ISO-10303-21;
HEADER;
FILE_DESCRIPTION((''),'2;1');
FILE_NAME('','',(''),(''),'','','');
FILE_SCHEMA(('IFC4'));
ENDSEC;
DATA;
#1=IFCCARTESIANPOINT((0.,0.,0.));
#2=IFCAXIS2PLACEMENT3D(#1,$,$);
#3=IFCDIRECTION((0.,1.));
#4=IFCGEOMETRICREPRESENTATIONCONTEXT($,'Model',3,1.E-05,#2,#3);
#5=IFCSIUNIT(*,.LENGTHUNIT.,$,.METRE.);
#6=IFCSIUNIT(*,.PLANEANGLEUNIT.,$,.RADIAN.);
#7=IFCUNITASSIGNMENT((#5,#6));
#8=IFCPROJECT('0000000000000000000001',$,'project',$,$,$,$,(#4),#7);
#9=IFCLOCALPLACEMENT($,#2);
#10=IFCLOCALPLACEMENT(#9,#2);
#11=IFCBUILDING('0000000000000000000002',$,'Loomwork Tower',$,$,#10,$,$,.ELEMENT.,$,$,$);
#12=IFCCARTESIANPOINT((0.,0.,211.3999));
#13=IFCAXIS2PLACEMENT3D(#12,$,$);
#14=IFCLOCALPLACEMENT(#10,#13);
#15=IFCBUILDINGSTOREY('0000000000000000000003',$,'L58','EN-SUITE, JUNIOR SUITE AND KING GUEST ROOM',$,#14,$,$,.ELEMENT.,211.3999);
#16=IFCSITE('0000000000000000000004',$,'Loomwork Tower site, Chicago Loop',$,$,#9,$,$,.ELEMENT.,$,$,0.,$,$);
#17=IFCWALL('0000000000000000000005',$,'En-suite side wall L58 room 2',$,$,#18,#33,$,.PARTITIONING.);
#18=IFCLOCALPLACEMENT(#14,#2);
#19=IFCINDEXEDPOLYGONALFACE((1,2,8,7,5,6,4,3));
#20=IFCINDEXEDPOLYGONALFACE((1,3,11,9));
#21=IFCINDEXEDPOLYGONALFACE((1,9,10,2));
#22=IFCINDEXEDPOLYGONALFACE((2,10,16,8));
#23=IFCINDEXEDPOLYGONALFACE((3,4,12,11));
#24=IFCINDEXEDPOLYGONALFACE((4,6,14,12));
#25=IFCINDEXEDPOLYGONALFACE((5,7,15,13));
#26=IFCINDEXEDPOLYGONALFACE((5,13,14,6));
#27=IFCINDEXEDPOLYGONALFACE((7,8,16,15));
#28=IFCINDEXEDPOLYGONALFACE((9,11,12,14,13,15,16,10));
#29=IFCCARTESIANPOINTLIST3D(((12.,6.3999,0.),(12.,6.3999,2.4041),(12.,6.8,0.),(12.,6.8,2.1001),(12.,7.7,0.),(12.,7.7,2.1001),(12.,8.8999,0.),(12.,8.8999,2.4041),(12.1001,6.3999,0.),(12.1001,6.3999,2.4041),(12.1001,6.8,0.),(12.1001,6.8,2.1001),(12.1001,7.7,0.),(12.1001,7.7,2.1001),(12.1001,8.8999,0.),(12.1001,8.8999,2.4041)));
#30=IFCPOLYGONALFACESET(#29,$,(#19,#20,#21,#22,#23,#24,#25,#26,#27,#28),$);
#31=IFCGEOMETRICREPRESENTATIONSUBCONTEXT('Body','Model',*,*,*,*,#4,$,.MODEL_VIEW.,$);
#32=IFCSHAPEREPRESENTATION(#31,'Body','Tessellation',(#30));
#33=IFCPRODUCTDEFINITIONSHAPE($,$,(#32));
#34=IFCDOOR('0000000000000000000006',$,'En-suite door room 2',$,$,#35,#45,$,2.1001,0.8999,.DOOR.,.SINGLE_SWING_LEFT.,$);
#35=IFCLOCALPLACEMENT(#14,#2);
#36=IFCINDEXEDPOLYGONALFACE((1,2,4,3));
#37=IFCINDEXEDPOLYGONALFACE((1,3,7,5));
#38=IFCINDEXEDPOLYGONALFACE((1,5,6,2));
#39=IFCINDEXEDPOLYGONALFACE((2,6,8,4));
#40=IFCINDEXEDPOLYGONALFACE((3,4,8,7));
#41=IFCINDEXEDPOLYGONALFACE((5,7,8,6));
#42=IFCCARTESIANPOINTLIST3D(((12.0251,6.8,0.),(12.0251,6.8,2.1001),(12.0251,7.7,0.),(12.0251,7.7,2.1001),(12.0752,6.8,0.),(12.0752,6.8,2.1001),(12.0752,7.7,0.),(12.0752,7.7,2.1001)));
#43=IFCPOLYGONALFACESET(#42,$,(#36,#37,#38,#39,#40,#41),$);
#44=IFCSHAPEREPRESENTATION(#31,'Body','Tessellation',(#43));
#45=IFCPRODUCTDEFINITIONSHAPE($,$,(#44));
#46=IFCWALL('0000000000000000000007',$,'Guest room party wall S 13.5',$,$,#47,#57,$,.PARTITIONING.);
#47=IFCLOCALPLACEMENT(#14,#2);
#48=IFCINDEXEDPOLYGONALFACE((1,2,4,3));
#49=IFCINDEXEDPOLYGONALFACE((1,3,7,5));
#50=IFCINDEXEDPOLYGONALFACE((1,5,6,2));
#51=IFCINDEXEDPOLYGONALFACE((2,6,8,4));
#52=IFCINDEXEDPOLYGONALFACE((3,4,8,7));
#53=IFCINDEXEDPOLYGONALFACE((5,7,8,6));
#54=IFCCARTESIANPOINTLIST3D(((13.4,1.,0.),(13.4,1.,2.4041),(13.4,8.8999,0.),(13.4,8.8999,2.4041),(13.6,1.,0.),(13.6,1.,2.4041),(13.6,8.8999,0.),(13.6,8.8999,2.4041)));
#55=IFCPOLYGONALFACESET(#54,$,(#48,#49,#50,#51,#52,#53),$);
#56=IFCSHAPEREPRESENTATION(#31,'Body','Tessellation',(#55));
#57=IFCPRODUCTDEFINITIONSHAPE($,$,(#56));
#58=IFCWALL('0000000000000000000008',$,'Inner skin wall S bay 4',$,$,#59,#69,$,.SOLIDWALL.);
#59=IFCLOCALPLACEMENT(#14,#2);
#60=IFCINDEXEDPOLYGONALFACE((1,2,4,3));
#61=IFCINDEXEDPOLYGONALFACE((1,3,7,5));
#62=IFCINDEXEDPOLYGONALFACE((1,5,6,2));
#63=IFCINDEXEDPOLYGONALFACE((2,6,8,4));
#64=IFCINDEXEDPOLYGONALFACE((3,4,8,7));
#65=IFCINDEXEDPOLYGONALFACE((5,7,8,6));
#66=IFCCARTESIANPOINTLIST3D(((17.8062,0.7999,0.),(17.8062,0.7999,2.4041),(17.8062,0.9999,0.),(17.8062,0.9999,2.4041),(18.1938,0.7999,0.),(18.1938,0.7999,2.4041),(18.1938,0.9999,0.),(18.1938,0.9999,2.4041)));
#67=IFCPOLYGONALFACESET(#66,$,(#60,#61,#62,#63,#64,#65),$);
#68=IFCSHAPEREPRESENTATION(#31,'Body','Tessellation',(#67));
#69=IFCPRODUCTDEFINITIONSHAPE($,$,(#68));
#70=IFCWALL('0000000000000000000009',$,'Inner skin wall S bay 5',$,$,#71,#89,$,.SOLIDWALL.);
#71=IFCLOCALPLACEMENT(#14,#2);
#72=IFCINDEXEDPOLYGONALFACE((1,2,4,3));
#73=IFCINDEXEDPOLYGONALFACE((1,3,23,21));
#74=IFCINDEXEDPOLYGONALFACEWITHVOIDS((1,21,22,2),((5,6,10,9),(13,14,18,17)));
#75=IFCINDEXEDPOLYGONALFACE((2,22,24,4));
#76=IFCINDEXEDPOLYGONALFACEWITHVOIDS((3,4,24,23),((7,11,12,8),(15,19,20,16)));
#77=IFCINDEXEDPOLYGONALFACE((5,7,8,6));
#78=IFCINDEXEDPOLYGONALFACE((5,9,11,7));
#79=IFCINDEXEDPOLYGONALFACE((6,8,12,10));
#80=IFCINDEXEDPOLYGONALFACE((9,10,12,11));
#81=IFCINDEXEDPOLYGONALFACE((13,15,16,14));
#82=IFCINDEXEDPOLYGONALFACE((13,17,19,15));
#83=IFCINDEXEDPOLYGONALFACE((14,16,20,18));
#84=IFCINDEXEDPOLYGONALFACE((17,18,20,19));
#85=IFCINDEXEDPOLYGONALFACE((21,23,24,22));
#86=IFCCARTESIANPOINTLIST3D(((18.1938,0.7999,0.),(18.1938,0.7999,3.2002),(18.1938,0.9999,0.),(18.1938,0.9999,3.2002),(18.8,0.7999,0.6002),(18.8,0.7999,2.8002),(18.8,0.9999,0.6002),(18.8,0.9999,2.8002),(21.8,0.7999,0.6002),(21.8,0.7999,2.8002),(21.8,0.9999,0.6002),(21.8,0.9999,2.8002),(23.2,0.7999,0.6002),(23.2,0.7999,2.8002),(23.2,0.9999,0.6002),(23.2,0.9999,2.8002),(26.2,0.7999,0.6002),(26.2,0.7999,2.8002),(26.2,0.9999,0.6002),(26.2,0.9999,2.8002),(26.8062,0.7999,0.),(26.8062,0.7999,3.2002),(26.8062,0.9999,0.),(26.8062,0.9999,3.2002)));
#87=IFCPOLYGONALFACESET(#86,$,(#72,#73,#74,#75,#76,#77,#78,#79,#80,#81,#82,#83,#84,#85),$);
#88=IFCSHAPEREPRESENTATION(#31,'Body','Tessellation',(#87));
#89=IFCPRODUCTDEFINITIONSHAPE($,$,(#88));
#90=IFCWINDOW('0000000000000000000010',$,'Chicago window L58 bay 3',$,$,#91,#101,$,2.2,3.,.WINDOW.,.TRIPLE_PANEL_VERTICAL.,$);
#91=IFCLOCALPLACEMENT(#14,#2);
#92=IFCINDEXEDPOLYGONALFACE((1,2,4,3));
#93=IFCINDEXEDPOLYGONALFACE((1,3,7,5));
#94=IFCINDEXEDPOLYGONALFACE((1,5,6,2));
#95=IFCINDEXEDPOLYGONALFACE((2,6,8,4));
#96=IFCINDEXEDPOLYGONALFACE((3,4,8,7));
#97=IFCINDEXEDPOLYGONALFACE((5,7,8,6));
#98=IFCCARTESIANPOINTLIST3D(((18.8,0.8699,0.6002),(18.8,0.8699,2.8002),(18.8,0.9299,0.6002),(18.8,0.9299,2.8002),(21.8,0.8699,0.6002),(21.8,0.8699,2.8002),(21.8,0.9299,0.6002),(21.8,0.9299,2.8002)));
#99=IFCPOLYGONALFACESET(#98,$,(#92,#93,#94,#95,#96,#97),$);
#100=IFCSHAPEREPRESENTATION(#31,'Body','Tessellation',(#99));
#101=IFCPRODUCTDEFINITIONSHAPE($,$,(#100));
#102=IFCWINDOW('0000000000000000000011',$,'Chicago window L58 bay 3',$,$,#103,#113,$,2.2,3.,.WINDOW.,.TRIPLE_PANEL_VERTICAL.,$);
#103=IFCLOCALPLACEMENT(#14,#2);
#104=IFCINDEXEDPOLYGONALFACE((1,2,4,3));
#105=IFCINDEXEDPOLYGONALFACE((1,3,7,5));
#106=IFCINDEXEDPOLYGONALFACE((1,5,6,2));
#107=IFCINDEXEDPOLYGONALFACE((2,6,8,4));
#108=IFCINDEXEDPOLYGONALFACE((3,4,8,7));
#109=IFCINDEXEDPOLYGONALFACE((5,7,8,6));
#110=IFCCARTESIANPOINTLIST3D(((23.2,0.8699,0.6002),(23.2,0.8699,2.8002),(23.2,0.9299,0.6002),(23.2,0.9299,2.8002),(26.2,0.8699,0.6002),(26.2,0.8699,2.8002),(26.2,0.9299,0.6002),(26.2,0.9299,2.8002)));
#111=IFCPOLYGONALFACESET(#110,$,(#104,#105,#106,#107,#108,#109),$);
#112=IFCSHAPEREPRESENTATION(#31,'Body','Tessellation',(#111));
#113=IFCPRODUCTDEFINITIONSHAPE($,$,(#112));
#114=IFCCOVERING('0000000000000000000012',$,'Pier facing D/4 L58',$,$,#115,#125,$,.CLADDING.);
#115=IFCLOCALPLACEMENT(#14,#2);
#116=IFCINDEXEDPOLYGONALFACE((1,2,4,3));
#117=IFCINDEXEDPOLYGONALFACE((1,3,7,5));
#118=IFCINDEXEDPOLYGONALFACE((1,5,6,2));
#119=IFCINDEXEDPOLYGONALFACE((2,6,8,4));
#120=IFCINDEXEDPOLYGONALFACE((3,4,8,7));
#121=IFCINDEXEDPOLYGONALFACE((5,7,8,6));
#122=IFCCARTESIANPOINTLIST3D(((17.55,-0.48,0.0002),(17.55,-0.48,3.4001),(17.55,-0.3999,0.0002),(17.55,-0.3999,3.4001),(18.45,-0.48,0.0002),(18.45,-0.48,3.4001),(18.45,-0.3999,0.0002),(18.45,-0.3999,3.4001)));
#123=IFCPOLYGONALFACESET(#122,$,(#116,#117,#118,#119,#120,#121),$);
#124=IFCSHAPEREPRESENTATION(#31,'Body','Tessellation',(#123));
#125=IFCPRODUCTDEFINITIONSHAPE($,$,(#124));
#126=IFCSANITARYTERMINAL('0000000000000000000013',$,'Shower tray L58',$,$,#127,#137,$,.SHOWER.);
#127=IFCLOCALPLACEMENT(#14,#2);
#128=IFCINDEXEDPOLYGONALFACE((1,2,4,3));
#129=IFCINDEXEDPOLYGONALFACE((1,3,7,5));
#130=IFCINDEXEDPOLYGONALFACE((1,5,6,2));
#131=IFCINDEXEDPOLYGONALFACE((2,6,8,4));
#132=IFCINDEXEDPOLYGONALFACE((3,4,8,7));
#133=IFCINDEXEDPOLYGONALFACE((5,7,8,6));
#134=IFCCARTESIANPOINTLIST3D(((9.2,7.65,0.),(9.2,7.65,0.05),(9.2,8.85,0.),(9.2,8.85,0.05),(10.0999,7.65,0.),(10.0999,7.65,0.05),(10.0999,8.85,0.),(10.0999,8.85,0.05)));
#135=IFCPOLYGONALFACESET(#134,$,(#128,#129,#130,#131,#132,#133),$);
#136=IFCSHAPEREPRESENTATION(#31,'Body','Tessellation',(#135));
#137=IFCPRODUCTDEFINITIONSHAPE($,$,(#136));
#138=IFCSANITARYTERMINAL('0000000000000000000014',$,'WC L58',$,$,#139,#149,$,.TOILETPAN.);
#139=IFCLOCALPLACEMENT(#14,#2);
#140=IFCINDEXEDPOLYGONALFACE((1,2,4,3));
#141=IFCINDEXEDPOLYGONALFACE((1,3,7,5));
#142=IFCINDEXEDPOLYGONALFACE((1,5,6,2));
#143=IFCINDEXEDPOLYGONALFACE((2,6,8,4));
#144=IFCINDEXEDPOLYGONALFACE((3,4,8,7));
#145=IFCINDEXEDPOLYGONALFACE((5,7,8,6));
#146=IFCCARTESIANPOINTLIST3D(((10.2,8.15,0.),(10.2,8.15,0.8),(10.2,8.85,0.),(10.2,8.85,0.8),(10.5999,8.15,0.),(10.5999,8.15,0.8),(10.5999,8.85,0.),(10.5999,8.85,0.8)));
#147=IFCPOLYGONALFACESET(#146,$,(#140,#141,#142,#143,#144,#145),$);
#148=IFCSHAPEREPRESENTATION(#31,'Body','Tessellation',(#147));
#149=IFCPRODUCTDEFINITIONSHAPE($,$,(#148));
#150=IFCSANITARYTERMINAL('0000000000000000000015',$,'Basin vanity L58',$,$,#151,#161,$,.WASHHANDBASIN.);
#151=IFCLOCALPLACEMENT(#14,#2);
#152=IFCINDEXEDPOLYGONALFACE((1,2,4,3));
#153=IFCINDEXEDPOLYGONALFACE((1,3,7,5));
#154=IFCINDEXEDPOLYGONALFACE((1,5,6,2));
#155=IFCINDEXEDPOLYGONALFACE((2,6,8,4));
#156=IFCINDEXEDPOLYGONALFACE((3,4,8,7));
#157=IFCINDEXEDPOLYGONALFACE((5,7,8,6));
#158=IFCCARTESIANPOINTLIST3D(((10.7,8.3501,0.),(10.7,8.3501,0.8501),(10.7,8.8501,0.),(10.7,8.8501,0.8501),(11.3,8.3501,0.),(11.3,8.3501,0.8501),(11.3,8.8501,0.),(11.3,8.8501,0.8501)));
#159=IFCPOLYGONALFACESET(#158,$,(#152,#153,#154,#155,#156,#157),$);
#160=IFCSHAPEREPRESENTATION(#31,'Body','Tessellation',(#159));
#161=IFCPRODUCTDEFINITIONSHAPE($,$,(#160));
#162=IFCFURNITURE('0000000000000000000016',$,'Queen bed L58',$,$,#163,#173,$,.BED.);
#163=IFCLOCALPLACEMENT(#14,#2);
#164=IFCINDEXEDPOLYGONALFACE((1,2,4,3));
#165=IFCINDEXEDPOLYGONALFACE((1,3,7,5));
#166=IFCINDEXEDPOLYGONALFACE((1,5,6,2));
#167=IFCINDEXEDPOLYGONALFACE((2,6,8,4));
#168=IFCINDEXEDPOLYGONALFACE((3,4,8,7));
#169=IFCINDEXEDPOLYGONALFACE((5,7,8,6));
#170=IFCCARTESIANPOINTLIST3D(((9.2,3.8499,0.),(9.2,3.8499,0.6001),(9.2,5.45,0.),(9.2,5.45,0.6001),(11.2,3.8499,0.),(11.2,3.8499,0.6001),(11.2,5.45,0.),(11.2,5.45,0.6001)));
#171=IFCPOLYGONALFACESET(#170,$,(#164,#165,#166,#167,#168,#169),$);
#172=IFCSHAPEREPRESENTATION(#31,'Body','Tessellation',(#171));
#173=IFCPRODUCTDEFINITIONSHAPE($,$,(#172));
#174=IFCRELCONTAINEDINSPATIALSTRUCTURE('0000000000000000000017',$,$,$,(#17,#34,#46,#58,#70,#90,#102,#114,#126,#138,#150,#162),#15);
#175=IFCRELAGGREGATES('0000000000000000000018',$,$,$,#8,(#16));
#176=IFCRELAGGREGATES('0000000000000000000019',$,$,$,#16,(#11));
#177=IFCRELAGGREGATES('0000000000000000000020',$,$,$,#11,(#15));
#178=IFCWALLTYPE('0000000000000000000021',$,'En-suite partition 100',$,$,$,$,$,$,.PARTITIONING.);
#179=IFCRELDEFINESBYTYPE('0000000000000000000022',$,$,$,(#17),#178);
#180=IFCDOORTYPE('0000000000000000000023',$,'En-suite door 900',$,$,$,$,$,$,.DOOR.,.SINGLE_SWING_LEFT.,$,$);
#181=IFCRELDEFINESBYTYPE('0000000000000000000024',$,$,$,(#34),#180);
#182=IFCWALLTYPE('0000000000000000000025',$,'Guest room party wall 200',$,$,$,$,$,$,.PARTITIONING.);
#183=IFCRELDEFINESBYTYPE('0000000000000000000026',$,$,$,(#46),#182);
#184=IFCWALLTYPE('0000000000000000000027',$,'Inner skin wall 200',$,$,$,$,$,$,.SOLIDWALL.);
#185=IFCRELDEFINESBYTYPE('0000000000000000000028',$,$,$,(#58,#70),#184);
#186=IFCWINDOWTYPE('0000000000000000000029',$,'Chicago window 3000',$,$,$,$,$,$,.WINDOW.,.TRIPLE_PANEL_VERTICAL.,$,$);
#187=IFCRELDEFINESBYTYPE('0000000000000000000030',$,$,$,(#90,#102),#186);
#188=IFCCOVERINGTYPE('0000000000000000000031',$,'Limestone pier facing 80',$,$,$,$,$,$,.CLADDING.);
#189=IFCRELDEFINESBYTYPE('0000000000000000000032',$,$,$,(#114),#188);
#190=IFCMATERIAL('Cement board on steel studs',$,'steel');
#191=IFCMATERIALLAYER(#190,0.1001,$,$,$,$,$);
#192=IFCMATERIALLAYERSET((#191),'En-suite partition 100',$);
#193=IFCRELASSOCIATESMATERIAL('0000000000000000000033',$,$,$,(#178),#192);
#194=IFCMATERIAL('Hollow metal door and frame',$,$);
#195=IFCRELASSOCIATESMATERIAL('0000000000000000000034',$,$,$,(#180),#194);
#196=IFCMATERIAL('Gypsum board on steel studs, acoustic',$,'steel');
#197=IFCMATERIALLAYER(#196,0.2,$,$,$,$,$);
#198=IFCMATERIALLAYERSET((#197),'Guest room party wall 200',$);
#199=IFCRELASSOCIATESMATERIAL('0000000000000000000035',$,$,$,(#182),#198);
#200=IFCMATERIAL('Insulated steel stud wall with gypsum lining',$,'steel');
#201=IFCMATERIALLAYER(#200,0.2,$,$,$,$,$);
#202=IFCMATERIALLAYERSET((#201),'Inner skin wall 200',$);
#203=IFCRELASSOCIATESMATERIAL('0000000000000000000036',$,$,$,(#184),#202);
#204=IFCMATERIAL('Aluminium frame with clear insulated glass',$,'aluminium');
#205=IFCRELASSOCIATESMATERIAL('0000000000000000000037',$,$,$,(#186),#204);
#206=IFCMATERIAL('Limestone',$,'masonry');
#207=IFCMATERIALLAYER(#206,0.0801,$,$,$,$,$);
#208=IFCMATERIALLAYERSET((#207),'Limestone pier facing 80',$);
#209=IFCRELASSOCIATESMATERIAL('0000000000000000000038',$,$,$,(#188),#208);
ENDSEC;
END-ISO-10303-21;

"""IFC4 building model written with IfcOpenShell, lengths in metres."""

from ifc_helpers import new_model, si_unit, direction, frame, frame_2d, origin, origin_2d, place, context, subcontext, project, spatial, rectangle, extrude, material, layer, layer_set, type_object, element, fill, save


model = new_model("IFC4")

# Units and contexts
model_context = context("Model", 3, precision=1e-05, world=origin(), true_north=direction((0.0, 1.0)))
body_context = subcontext(model_context, "Body", "Model", "MODEL_VIEW")
ifc_project = project(units=[si_unit("LENGTHUNIT", "METRE"), si_unit("PLANEANGLEUNIT", "RADIAN")], contexts=[model_context])

# Site, building, storey
site_placement = place(None, origin())
site = spatial("IfcSite", under=ifc_project, at=site_placement, Name="Loomwork Tower site, Chicago Loop", CompositionType="ELEMENT", RefElevation=0.0)
building_placement = place(site_placement, origin())
building = spatial("IfcBuilding", under=site, at=building_placement, Name="Loomwork Tower", CompositionType="ELEMENT")
storey_placement = place(building_placement, frame((0.0, 0.0, 211.3999)))
storey = spatial("IfcBuildingStorey", under=building, at=storey_placement, Name="L58", Description="EN-SUITE, JUNIOR SUITE AND KING GUEST ROOM", CompositionType="ELEMENT", Elevation=211.3999)

# Wall, opening, door
ifc_material_1 = material(Name="Cement board on steel studs", Category="steel")
ifc_layer_1 = layer(ifc_material_1, 0.1001)
ifc_layer_set_1 = layer_set([ifc_layer_1], Name="En-suite partition 100")
wall_type_1 = type_object("IfcWallType", Name="En-suite partition 100", PredefinedType="PARTITIONING", material=ifc_layer_set_1)
wall_1_placement = place(storey_placement, frame((12.05, 8.8999, 0.0), z_axis=(0.0, 0.0, 1.0), x_axis=(0.0, -1.0, 0.0)))
wall_1 = element("IfcWall", 1, at=wall_1_placement, inside=storey, type_object=wall_type_1, Name="En-suite side wall L58 room 2", PredefinedType="PARTITIONING", context=body_context, shape_type="SweptSolid", body=[
    extrude(rectangle(XDim=2.5, YDim=0.1001, at=frame_2d((1.25, 0.0))), origin(), (0.0, 0.0, 1.0), 2.4041),
])
opening_1_placement = place(wall_1_placement, frame((1.2, 0.0, 0.0)))
opening_1 = element("IfcOpeningElement", 2, at=opening_1_placement, cuts=wall_1, PredefinedType="OPENING", context=body_context, shape_type="SweptSolid", body=[
    extrude(rectangle(XDim=0.8999, YDim=2.1001, at=frame_2d((0.45, 1.05))), frame((0.0, 0.0601, 0.0), z_axis=(0.0, -1.0, 0.0), x_axis=(1.0, 0.0, 0.0)), (0.0, 0.0, 1.0), 0.1201),
])
ifc_material_2 = material(Name="Hollow metal door and frame")
door_type = type_object("IfcDoorType", Name="En-suite door 900", OperationType="SINGLE_SWING_LEFT", PredefinedType="DOOR", material=ifc_material_2)
door_placement = place(opening_1_placement, frame((0.8999, 0.0, 0.0), z_axis=(0.0, 0.0, 1.0), x_axis=(-1.0, 0.0, 0.0)))
door = element("IfcDoor", 3, at=door_placement, inside=storey, type_object=door_type, Name="En-suite door room 2", OperationType="SINGLE_SWING_LEFT", OverallHeight=2.1001, OverallWidth=0.8999, PredefinedType="DOOR", context=body_context, shape_type="SweptSolid", body=[
    extrude(rectangle(XDim=0.8999, YDim=2.1001, at=frame_2d((0.45, 1.05))), frame((0.0, 0.0249, 0.0), z_axis=(0.0, -1.0, 0.0), x_axis=(1.0, 0.0, 0.0)), (0.0, 0.0, 1.0), 0.05),
])
fill(opening_1, door)

# Walls
ifc_material_3 = material(Name="Gypsum board on steel studs, acoustic", Category="steel")
ifc_layer_2 = layer(ifc_material_3, 0.2)
ifc_layer_set_2 = layer_set([ifc_layer_2], Name="Guest room party wall 200")
wall_type_2 = type_object("IfcWallType", Name="Guest room party wall 200", PredefinedType="PARTITIONING", material=ifc_layer_set_2)
wall_2_placement = place(storey_placement, frame((13.5, 8.8999, 0.0), z_axis=(0.0, 0.0, 1.0), x_axis=(0.0, -1.0, 0.0)))
element("IfcWall", 4, at=wall_2_placement, inside=storey, type_object=wall_type_2, Name="Guest room party wall S 13.5", PredefinedType="PARTITIONING", context=body_context, shape_type="SweptSolid", body=[
    extrude(rectangle(XDim=7.8999, YDim=0.2, at=frame_2d((3.95, 0.0))), origin(), (0.0, 0.0, 1.0), 2.4041),
])
ifc_material_4 = material(Name="Insulated steel stud wall with gypsum lining", Category="steel")
ifc_layer_3 = layer(ifc_material_4, 0.2)
ifc_layer_set_3 = layer_set([ifc_layer_3], Name="Inner skin wall 200")
wall_type_3 = type_object("IfcWallType", Name="Inner skin wall 200", PredefinedType="SOLIDWALL", material=ifc_layer_set_3)
wall_3_placement = place(storey_placement, frame((17.8062, 0.8999, 0.0), z_axis=(0.0, 0.0, 1.0), x_axis=(1.0, 0.0, 0.0)))
element("IfcWall", 5, at=wall_3_placement, inside=storey, type_object=wall_type_3, Name="Inner skin wall S bay 4", PredefinedType="SOLIDWALL", context=body_context, shape_type="SweptSolid", body=[
    extrude(rectangle(XDim=0.3877, YDim=0.2, at=frame_2d((0.1938, 0.0))), origin(), (0.0, 0.0, 1.0), 2.4041),
])

# Wall, openings, windows
wall_4_placement = place(storey_placement, frame((18.1938, 0.8999, 0.0), z_axis=(0.0, 0.0, 1.0), x_axis=(1.0, 0.0, 0.0)))
wall_4 = element("IfcWall", 6, at=wall_4_placement, inside=storey, type_object=wall_type_3, Name="Inner skin wall S bay 5", PredefinedType="SOLIDWALL", context=body_context, shape_type="SweptSolid", body=[
    extrude(rectangle(XDim=8.6123, YDim=0.2, at=frame_2d((4.3062, 0.0))), origin(), (0.0, 0.0, 1.0), 3.2002),
])
opening_2_placement = place(wall_4_placement, frame((0.6062, 0.0, 0.6001)))
opening_2 = element("IfcOpeningElement", 7, at=opening_2_placement, cuts=wall_4, PredefinedType="OPENING", context=body_context, shape_type="SweptSolid", body=[
    extrude(rectangle(XDim=3.0, YDim=2.2, at=frame_2d((1.5, 1.1001))), frame((0.0, 0.1099, 0.0), z_axis=(0.0, -1.0, 0.0), x_axis=(1.0, 0.0, 0.0)), (0.0, 0.0, 1.0), 0.22),
])
opening_3_placement = place(wall_4_placement, frame((5.0061, 0.0, 0.6001)))
opening_3 = element("IfcOpeningElement", 8, at=opening_3_placement, cuts=wall_4, PredefinedType="OPENING", context=body_context, shape_type="SweptSolid", body=[
    extrude(rectangle(XDim=3.0, YDim=2.2, at=frame_2d((1.5, 1.1001))), frame((0.0, 0.1099, 0.0), z_axis=(0.0, -1.0, 0.0), x_axis=(1.0, 0.0, 0.0)), (0.0, 0.0, 1.0), 0.22),
])
ifc_material_5 = material(Name="Aluminium frame with clear insulated glass", Category="aluminium")
window_type = type_object("IfcWindowType", Name="Chicago window 3000", PartitioningType="TRIPLE_PANEL_VERTICAL", PredefinedType="WINDOW", material=ifc_material_5)
window_1_placement = place(opening_2_placement, origin())
window_1 = element("IfcWindow", 9, at=window_1_placement, inside=storey, type_object=window_type, Name="Chicago window L58 bay 3", OverallHeight=2.2, OverallWidth=3.0, PartitioningType="TRIPLE_PANEL_VERTICAL", PredefinedType="WINDOW", context=body_context, shape_type="SweptSolid", body=[
    extrude(rectangle(XDim=3.0, YDim=2.2, at=frame_2d((1.5, 1.1001))), frame((0.0, 0.03, 0.0), z_axis=(0.0, -1.0, 0.0), x_axis=(1.0, 0.0, 0.0)), (0.0, 0.0, 1.0), 0.0601),
])
fill(opening_2, window_1)
window_2_placement = place(opening_3_placement, origin())
window_2 = element("IfcWindow", 10, at=window_2_placement, inside=storey, type_object=window_type, Name="Chicago window L58 bay 3", OverallHeight=2.2, OverallWidth=3.0, PartitioningType="TRIPLE_PANEL_VERTICAL", PredefinedType="WINDOW", context=body_context, shape_type="SweptSolid", body=[
    extrude(rectangle(XDim=3.0, YDim=2.2, at=frame_2d((1.5, 1.1001))), frame((0.0, 0.03, 0.0), z_axis=(0.0, -1.0, 0.0), x_axis=(1.0, 0.0, 0.0)), (0.0, 0.0, 1.0), 0.0601),
])
fill(opening_3, window_2)

# Covering
ifc_material_6 = material(Name="Limestone", Category="masonry")
ifc_layer_4 = layer(ifc_material_6, 0.0801)
ifc_layer_set_4 = layer_set([ifc_layer_4], Name="Limestone pier facing 80")
covering_type = type_object("IfcCoveringType", Name="Limestone pier facing 80", PredefinedType="CLADDING", material=ifc_layer_set_4)
covering_placement = place(storey_placement, frame((18.0, -0.4399, 0.0002), z_axis=(0.0, 0.0, 1.0), x_axis=(1.0, 0.0, 0.0)))
element("IfcCovering", 11, at=covering_placement, inside=storey, type_object=covering_type, Name="Pier facing D/4 L58", PredefinedType="CLADDING", context=body_context, shape_type="SweptSolid", body=[
    extrude(rectangle(XDim=0.8999, YDim=0.0801, at=origin_2d()), origin(), (0.0, 0.0, 1.0), 3.3999),
])

# Sanitary terminals
sanitary_terminal_1_placement = place(storey_placement, frame((9.6499, 8.25, 0.0), z_axis=(0.0, 0.0, 1.0), x_axis=(1.0, 0.0, 0.0)))
element("IfcSanitaryTerminal", 12, at=sanitary_terminal_1_placement, inside=storey, Name="Shower tray L58", PredefinedType="SHOWER", context=body_context, shape_type="SweptSolid", body=[
    extrude(rectangle(XDim=0.8999, YDim=1.2, at=origin_2d()), origin(), (0.0, 0.0, 1.0), 0.05),
])
sanitary_terminal_2_placement = place(storey_placement, frame((10.3999, 8.5, 0.0), z_axis=(0.0, 0.0, 1.0), x_axis=(1.0, 0.0, 0.0)))
element("IfcSanitaryTerminal", 13, at=sanitary_terminal_2_placement, inside=storey, Name="WC L58", PredefinedType="TOILETPAN", context=body_context, shape_type="SweptSolid", body=[
    extrude(rectangle(XDim=0.3999, YDim=0.7, at=origin_2d()), origin(), (0.0, 0.0, 1.0), 0.8),
])
sanitary_terminal_3_placement = place(storey_placement, frame((11.0, 8.6001, 0.0), z_axis=(0.0, 0.0, 1.0), x_axis=(1.0, 0.0, 0.0)))
element("IfcSanitaryTerminal", 14, at=sanitary_terminal_3_placement, inside=storey, Name="Basin vanity L58", PredefinedType="WASHHANDBASIN", context=body_context, shape_type="SweptSolid", body=[
    extrude(rectangle(XDim=0.6001, YDim=0.5, at=origin_2d()), origin(), (0.0, 0.0, 1.0), 0.8501),
])

# Furniture
for number, where, z_axis, x_axis, name in (
    (15, (10.2, 4.6499, 0.0), (0.0, 0.0, 1.0), (1.0, 0.0, 0.0), "Queen bed L58"),
):
    element("IfcFurniture", number, at=place(storey_placement, frame(where, z_axis=z_axis, x_axis=x_axis)), inside=storey, Name=name, PredefinedType="BED", context=body_context, shape_type="SweptSolid", body=[
        extrude(rectangle(XDim=2.0, YDim=1.6001, at=origin_2d()), origin(), (0.0, 0.0, 1.0), 0.6001),
    ])

save(model, "model.ifc")
